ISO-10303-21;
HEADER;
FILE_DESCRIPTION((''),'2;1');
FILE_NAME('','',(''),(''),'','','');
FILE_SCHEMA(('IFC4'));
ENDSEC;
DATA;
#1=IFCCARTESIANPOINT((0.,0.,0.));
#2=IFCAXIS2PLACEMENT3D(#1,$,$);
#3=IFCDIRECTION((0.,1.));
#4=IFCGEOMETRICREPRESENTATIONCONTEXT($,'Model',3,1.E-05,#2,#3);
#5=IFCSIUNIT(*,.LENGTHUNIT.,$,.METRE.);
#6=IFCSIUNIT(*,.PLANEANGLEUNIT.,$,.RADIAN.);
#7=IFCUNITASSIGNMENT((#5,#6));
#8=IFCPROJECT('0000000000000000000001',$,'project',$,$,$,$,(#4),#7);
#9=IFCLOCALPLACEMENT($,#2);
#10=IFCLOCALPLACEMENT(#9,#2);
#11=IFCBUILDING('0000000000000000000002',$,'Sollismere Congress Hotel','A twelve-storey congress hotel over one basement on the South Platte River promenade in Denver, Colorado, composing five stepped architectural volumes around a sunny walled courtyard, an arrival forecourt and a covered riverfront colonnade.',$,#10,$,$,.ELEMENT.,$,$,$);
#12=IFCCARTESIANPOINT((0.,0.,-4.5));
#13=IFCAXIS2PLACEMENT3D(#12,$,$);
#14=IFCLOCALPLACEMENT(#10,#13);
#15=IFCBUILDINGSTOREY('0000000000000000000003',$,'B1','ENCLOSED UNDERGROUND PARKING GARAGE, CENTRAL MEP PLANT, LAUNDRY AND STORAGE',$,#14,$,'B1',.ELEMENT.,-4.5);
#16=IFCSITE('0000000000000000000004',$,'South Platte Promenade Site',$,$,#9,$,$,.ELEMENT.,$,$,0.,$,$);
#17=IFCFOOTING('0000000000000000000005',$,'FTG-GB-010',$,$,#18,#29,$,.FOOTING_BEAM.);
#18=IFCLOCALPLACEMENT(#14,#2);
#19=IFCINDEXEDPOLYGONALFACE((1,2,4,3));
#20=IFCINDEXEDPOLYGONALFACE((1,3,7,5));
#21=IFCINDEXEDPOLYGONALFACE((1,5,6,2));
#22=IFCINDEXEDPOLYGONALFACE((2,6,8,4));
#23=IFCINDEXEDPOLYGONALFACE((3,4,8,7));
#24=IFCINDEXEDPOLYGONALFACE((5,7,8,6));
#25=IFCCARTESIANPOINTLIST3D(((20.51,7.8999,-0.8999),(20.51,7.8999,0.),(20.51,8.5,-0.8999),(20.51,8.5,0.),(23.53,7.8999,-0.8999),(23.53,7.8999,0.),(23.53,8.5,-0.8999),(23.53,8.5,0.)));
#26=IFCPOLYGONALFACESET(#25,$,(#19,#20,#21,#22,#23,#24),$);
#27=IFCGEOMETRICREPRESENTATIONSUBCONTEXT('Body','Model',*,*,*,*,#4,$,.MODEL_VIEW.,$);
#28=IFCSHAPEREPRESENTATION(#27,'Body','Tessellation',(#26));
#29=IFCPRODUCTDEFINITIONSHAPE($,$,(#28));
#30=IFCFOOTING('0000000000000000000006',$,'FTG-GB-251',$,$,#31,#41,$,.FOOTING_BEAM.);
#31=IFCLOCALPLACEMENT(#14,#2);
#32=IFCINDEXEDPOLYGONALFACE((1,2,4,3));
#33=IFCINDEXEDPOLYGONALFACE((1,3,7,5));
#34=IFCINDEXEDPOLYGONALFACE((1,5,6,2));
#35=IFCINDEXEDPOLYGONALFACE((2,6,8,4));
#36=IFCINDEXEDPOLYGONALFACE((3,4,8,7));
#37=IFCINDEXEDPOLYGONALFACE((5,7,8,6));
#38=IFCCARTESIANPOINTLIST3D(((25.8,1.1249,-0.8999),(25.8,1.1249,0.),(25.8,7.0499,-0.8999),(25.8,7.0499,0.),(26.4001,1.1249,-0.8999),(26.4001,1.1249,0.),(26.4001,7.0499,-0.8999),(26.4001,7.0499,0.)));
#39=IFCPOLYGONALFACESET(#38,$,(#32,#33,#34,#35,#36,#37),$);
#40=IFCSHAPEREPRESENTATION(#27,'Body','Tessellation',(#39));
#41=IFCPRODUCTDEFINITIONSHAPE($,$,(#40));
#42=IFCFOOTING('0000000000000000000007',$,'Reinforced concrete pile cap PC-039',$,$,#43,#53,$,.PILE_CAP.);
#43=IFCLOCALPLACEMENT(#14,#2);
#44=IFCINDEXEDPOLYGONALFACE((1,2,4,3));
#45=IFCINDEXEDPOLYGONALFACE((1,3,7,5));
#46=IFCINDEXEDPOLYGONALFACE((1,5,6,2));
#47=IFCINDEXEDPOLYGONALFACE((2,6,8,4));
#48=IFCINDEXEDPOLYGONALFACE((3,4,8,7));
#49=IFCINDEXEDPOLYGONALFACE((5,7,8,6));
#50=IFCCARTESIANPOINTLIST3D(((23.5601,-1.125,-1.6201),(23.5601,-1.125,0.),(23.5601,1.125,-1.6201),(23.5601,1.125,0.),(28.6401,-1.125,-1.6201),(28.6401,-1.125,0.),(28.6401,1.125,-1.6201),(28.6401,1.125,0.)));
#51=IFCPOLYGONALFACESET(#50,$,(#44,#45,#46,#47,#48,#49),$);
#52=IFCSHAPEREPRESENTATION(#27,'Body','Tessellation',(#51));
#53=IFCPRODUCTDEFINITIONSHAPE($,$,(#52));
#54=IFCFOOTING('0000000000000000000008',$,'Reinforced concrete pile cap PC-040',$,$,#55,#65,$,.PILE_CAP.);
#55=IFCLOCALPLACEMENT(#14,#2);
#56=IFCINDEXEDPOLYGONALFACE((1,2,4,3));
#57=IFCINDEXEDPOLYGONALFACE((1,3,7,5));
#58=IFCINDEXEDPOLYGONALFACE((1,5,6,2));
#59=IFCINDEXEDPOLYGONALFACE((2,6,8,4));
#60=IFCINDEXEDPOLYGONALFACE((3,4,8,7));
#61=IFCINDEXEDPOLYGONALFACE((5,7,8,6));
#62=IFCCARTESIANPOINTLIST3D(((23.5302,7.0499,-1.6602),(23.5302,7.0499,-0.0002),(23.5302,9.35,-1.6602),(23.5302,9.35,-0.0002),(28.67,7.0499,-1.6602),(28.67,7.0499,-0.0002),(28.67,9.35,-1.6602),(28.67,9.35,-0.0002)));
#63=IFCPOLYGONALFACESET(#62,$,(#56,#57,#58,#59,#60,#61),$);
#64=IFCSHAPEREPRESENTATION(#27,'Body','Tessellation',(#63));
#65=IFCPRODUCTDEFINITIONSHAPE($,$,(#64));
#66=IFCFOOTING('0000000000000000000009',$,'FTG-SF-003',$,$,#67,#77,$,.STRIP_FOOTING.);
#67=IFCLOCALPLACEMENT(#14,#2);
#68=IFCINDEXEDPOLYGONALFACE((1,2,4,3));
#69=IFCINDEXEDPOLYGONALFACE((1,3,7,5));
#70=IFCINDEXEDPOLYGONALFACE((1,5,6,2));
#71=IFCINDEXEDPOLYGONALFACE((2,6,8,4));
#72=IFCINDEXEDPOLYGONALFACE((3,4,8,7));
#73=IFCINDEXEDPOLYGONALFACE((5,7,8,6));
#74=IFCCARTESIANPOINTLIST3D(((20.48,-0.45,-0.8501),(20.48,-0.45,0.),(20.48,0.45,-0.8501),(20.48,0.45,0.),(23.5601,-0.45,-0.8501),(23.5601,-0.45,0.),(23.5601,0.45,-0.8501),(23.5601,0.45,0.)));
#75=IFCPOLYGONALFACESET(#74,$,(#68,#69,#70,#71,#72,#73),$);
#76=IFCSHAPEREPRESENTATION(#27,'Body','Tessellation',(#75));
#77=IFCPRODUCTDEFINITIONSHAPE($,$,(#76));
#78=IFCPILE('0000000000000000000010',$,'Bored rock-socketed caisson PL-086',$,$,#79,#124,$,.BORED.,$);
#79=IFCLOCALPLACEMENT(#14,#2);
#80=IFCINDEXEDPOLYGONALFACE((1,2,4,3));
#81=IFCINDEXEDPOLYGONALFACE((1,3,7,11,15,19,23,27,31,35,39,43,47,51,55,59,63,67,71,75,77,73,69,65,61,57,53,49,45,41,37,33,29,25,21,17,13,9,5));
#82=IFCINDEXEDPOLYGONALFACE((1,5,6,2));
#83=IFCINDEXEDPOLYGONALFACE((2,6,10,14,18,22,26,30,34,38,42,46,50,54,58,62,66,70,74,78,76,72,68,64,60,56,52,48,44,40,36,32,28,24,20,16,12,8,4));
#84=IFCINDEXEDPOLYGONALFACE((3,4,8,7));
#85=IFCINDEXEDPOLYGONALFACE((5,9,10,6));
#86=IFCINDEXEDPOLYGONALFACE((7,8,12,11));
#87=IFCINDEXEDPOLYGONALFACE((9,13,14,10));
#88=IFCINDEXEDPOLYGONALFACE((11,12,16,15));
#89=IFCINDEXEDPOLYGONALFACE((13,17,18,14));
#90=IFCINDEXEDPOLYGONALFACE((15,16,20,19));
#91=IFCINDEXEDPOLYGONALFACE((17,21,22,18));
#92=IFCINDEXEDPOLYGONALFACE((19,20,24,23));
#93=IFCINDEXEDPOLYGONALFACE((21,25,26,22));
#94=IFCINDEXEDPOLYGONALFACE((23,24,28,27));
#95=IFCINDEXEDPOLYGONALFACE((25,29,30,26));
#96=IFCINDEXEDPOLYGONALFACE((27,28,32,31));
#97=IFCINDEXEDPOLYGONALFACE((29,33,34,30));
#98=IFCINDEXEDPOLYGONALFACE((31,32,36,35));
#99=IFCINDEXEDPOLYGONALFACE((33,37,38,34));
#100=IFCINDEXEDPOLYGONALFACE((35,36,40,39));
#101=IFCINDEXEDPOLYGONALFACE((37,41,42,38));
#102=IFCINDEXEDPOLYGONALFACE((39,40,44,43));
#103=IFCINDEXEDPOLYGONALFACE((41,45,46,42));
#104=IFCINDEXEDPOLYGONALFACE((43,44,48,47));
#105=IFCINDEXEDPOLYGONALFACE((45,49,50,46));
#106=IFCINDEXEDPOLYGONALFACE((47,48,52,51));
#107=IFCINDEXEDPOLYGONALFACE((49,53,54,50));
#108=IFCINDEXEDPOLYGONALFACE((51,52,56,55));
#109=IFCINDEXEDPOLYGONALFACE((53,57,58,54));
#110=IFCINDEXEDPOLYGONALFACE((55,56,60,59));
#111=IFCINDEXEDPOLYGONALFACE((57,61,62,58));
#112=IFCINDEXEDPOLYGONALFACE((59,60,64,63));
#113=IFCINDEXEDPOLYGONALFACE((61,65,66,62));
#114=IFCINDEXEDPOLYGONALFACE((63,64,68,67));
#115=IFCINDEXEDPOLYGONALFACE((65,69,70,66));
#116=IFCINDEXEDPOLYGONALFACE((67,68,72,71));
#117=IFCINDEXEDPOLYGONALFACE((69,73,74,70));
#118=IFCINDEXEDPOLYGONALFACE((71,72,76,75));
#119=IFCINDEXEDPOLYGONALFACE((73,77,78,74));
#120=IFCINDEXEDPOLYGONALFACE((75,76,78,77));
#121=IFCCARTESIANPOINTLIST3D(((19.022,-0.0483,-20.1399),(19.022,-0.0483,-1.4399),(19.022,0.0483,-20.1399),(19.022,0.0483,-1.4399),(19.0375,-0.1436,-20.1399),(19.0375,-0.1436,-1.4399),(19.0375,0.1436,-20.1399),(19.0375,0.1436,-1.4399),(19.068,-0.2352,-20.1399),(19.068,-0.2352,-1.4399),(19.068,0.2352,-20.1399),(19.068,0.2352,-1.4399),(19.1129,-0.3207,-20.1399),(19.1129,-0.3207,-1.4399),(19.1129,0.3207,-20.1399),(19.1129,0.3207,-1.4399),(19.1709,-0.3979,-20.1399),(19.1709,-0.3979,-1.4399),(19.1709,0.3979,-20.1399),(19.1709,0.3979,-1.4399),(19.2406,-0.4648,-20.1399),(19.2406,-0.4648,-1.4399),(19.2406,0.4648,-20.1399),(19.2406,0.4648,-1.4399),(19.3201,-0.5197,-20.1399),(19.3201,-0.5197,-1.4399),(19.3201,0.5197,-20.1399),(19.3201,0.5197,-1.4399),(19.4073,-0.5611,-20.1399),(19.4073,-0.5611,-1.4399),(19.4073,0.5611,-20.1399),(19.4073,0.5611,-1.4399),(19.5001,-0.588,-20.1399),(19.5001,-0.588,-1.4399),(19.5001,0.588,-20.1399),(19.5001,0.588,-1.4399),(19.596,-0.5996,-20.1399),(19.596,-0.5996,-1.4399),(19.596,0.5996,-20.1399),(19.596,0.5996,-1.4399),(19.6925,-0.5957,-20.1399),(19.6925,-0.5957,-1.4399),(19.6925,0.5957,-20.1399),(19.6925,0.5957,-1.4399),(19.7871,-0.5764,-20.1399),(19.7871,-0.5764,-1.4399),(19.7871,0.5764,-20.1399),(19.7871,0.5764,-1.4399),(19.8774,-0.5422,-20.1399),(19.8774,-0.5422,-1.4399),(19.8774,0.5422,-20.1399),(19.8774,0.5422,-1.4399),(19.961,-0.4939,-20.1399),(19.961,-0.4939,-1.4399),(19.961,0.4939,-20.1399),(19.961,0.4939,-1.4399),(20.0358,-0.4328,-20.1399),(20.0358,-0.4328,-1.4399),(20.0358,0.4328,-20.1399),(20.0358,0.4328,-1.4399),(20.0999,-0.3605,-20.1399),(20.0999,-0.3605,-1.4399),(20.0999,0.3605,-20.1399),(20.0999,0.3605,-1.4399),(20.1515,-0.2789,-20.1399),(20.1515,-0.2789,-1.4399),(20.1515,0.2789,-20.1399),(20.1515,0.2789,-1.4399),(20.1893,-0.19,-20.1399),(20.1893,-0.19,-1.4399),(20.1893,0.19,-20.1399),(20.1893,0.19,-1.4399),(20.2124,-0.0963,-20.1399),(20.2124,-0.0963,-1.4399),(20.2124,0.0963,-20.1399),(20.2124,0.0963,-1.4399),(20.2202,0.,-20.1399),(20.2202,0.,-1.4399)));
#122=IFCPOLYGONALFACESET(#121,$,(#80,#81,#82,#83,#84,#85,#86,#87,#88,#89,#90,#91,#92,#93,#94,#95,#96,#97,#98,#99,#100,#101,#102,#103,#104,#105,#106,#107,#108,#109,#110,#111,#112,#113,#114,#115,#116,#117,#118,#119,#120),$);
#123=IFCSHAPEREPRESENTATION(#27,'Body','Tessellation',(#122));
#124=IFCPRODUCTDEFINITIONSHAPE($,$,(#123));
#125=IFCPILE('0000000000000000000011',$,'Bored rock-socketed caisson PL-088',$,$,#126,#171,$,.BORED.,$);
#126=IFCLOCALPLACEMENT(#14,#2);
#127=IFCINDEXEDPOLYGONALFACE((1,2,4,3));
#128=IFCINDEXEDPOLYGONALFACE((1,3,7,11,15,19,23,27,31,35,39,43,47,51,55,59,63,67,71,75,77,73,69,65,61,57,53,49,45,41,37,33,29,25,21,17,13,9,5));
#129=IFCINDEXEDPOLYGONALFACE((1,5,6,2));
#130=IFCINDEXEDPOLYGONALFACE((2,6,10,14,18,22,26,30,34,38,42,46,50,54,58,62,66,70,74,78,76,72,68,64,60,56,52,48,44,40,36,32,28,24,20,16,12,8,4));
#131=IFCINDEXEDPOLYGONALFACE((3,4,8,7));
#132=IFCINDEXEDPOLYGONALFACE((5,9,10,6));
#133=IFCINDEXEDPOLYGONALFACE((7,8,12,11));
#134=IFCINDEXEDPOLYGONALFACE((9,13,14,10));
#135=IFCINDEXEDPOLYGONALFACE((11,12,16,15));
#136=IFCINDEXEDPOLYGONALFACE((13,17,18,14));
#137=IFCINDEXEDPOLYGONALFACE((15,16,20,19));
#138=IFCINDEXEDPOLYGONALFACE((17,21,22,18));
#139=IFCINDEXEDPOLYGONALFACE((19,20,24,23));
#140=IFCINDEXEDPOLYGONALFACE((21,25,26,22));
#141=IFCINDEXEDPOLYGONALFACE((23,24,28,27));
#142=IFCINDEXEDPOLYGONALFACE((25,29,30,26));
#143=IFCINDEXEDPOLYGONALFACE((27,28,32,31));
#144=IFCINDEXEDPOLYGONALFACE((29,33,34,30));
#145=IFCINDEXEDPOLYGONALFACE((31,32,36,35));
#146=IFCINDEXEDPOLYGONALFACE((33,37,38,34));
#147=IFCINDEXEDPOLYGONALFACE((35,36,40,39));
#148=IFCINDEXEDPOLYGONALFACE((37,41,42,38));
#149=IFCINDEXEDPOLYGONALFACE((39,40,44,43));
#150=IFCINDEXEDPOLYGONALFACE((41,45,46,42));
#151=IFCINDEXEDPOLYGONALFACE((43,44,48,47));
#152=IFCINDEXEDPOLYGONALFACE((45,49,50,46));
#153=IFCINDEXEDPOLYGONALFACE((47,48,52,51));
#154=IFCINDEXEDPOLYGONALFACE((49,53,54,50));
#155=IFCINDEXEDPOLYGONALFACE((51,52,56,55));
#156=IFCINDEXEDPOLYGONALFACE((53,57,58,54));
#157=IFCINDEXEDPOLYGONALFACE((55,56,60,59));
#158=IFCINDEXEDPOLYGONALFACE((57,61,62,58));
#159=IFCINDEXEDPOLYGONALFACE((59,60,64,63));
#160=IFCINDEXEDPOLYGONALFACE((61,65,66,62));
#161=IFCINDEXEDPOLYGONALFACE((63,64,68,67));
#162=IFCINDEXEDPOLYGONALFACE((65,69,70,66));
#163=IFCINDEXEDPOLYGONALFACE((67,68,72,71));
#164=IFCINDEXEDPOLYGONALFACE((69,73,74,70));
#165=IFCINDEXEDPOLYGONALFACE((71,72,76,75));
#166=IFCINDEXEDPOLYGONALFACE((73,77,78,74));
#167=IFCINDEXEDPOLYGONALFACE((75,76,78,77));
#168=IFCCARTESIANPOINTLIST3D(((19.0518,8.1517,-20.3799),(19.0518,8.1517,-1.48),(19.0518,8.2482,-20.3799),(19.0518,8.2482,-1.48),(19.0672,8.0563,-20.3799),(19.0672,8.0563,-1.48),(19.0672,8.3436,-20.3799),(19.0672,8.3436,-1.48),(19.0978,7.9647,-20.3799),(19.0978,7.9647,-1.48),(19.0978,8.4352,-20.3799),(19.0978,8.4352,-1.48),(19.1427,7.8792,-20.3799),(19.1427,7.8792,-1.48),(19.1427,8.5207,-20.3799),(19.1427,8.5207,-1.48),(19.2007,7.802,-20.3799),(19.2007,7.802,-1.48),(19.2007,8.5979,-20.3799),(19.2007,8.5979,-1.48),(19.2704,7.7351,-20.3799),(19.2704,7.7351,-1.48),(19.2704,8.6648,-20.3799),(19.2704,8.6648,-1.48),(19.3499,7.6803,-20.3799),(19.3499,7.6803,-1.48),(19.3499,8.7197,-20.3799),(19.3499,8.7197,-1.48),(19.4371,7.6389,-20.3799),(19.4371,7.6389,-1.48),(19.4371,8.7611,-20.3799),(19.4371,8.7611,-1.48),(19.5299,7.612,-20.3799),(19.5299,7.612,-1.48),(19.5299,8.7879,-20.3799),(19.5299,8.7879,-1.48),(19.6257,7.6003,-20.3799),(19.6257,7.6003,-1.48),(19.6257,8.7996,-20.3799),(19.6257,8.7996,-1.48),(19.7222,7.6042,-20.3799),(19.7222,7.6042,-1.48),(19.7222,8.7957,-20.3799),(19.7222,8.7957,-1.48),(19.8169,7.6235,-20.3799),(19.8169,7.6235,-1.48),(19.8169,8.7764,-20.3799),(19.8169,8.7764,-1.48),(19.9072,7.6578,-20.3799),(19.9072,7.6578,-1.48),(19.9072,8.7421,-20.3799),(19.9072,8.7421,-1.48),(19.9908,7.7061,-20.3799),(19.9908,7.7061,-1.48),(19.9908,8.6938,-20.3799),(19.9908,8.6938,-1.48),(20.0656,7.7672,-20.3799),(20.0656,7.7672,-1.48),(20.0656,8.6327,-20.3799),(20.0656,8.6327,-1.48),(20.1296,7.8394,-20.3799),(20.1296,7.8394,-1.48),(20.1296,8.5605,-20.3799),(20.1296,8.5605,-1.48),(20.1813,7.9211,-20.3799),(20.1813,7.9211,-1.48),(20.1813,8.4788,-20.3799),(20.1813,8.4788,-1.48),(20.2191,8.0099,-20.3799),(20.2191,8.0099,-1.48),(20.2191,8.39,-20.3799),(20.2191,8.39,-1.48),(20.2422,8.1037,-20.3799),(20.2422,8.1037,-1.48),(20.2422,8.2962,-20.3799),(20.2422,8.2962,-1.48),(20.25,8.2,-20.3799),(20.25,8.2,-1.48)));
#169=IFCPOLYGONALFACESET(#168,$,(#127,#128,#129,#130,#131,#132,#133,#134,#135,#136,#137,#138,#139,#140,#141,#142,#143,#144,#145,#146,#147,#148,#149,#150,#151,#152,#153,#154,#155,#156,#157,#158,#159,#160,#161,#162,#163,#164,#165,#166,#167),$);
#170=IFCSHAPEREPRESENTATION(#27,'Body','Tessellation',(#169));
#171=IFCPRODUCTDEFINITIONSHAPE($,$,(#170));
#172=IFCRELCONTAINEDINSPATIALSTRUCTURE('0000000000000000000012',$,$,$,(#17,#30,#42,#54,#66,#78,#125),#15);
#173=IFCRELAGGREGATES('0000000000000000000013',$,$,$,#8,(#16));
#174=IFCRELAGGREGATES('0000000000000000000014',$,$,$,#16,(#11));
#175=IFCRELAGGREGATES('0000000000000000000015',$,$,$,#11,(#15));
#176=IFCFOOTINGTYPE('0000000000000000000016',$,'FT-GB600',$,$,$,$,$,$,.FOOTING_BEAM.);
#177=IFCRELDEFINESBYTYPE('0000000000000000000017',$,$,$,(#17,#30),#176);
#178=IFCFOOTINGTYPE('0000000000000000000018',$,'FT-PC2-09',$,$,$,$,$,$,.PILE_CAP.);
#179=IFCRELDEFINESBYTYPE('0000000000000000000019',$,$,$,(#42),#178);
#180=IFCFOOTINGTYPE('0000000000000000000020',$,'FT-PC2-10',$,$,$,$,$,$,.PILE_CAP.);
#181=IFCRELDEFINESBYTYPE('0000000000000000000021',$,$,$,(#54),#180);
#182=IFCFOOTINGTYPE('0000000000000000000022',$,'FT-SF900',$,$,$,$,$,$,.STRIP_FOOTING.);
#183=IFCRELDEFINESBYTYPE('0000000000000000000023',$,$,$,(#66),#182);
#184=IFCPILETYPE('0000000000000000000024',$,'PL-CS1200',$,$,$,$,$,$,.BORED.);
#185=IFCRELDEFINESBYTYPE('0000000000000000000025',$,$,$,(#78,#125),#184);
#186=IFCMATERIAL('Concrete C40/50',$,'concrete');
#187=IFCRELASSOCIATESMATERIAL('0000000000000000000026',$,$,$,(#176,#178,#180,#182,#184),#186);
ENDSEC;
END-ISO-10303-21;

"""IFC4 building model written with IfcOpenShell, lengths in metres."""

from ifc_helpers import new_model, si_unit, direction, frame, origin, origin_2d, place, context, subcontext, project, spatial, rectangle, circle, extrude, material, material_profile, profile_set, type_object, element, save


model = new_model("IFC4")

# Units and contexts
model_context = context("Model", 3, precision=1e-05, world=origin(), true_north=direction((0.0, 1.0)))
body_context = subcontext(model_context, "Body", "Model", "MODEL_VIEW")
ifc_project = project(units=[si_unit("LENGTHUNIT", "METRE"), si_unit("PLANEANGLEUNIT", "RADIAN")], contexts=[model_context])

# Site, building, storey
site_placement = place(None, origin())
site = spatial("IfcSite", under=ifc_project, at=site_placement, Name="South Platte Promenade Site", CompositionType="ELEMENT", RefElevation=0.0)
building_placement = place(site_placement, origin())
building = spatial("IfcBuilding", under=site, at=building_placement, Name="Sollismere Congress Hotel", Description="A twelve-storey congress hotel over one basement on the South Platte River promenade in Denver, Colorado, composing five stepped architectural volumes around a sunny walled courtyard, an arrival forecourt and a covered riverfront colonnade.", CompositionType="ELEMENT")
storey_placement = place(building_placement, frame((0.0, 0.0, -4.5)))
storey = spatial("IfcBuildingStorey", under=building, at=storey_placement, Name="B1", Description="ENCLOSED UNDERGROUND PARKING GARAGE, CENTRAL MEP PLANT, LAUNDRY AND STORAGE", LongName="B1", CompositionType="ELEMENT", Elevation=-4.5)

# Footings
ifc_material_1 = material(Name="Concrete C40/50", Category="concrete")
footing_type_1 = type_object("IfcFootingType", Name="FT-GB600", PredefinedType="FOOTING_BEAM", material=ifc_material_1)
footing_1_placement = place(storey_placement, frame((22.02, 8.2, -0.8999), z_axis=(0.0, 0.0, 1.0), x_axis=(1.0, 0.0, 0.0)))
element("IfcFooting", 1, at=footing_1_placement, inside=storey, type_object=footing_type_1, Name="FTG-GB-010", PredefinedType="FOOTING_BEAM", context=body_context, shape_type="SweptSolid", body=[
    extrude(rectangle(XDim=3.02, YDim=0.6001, at=origin_2d()), origin(), (0.0, 0.0, 1.0), 0.8999),
])
footing_2_placement = place(storey_placement, frame((26.1001, 4.0874, -0.8999), z_axis=(0.0, 0.0, 1.0), x_axis=(0.0, 1.0, 0.0)))
element("IfcFooting", 2, at=footing_2_placement, inside=storey, type_object=footing_type_1, Name="FTG-GB-251", PredefinedType="FOOTING_BEAM", context=body_context, shape_type="SweptSolid", body=[
    extrude(rectangle(XDim=5.925, YDim=0.6001, at=origin_2d()), origin(), (0.0, 0.0, 1.0), 0.8999),
])
footing_type_2 = type_object("IfcFootingType", Name="FT-PC2-09", PredefinedType="PILE_CAP", material=ifc_material_1)
footing_3_placement = place(storey_placement, frame((26.1001, 0.0, -1.6201), z_axis=(0.0, 0.0, 1.0), x_axis=(1.0, 0.0, 0.0)))
element("IfcFooting", 3, at=footing_3_placement, inside=storey, type_object=footing_type_2, Name="Reinforced concrete pile cap PC-039", PredefinedType="PILE_CAP", context=body_context, shape_type="SweptSolid", body=[
    extrude(rectangle(XDim=5.0801, YDim=2.25, at=origin_2d()), origin(), (0.0, 0.0, 1.0), 1.6201),
])
footing_type_3 = type_object("IfcFootingType", Name="FT-PC2-10", PredefinedType="PILE_CAP", material=ifc_material_1)
footing_4_placement = place(storey_placement, frame((26.1001, 8.2, -1.6602), z_axis=(0.0, 0.0, 1.0), x_axis=(1.0, 0.0, 0.0)))
element("IfcFooting", 4, at=footing_4_placement, inside=storey, type_object=footing_type_3, Name="Reinforced concrete pile cap PC-040", PredefinedType="PILE_CAP", context=body_context, shape_type="SweptSolid", body=[
    extrude(rectangle(XDim=5.1399, YDim=2.3, at=origin_2d()), origin(), (0.0, 0.0, 1.0), 1.6599),
])
footing_type_4 = type_object("IfcFootingType", Name="FT-SF900", PredefinedType="STRIP_FOOTING", material=ifc_material_1)
footing_5_placement = place(storey_placement, frame((22.02, 0.0, -0.8501), z_axis=(0.0, 0.0, 1.0), x_axis=(1.0, 0.0, 0.0)))
element("IfcFooting", 5, at=footing_5_placement, inside=storey, type_object=footing_type_4, Name="FTG-SF-003", PredefinedType="STRIP_FOOTING", context=body_context, shape_type="SweptSolid", body=[
    extrude(rectangle(XDim=3.0801, YDim=0.8999, at=origin_2d()), origin(), (0.0, 0.0, 1.0), 0.8501),
])

# Piles
ifc_material_profile_1 = material_profile(ifc_material_1, circle(Radius=0.6001, at=origin_2d()), Name="CAISSON1200")
ifc_profile_set_1 = profile_set([ifc_material_profile_1], Name="Concrete C40/50")
pile_type = type_object("IfcPileType", Name="PL-CS1200", PredefinedType="BORED", material=ifc_profile_set_1)
pile_1_placement = place(storey_placement, frame((19.6201, 0.0, -1.4399), z_axis=(0.0, 0.0, -1.0), x_axis=(1.0, 0.0, 0.0)))
element("IfcPile", 6, at=pile_1_placement, inside=storey, type_object=pile_type, Name="Bored rock-socketed caisson PL-086", PredefinedType="BORED", context=body_context, shape_type="SweptSolid", body=[
    extrude(circle(Radius=0.6001, at=origin_2d()), origin(), (0.0, 0.0, 1.0), 18.7),
])
pile_2_placement = place(storey_placement, frame((19.6499, 8.2, -1.48), z_axis=(0.0, 0.0, -1.0), x_axis=(1.0, 0.0, 0.0)))
element("IfcPile", 7, at=pile_2_placement, inside=storey, type_object=pile_type, Name="Bored rock-socketed caisson PL-088", PredefinedType="BORED", context=body_context, shape_type="SweptSolid", body=[
    extrude(circle(Radius=0.6001, at=origin_2d()), origin(), (0.0, 0.0, 1.0), 18.8999),
])

save(model, "model.ifc")
